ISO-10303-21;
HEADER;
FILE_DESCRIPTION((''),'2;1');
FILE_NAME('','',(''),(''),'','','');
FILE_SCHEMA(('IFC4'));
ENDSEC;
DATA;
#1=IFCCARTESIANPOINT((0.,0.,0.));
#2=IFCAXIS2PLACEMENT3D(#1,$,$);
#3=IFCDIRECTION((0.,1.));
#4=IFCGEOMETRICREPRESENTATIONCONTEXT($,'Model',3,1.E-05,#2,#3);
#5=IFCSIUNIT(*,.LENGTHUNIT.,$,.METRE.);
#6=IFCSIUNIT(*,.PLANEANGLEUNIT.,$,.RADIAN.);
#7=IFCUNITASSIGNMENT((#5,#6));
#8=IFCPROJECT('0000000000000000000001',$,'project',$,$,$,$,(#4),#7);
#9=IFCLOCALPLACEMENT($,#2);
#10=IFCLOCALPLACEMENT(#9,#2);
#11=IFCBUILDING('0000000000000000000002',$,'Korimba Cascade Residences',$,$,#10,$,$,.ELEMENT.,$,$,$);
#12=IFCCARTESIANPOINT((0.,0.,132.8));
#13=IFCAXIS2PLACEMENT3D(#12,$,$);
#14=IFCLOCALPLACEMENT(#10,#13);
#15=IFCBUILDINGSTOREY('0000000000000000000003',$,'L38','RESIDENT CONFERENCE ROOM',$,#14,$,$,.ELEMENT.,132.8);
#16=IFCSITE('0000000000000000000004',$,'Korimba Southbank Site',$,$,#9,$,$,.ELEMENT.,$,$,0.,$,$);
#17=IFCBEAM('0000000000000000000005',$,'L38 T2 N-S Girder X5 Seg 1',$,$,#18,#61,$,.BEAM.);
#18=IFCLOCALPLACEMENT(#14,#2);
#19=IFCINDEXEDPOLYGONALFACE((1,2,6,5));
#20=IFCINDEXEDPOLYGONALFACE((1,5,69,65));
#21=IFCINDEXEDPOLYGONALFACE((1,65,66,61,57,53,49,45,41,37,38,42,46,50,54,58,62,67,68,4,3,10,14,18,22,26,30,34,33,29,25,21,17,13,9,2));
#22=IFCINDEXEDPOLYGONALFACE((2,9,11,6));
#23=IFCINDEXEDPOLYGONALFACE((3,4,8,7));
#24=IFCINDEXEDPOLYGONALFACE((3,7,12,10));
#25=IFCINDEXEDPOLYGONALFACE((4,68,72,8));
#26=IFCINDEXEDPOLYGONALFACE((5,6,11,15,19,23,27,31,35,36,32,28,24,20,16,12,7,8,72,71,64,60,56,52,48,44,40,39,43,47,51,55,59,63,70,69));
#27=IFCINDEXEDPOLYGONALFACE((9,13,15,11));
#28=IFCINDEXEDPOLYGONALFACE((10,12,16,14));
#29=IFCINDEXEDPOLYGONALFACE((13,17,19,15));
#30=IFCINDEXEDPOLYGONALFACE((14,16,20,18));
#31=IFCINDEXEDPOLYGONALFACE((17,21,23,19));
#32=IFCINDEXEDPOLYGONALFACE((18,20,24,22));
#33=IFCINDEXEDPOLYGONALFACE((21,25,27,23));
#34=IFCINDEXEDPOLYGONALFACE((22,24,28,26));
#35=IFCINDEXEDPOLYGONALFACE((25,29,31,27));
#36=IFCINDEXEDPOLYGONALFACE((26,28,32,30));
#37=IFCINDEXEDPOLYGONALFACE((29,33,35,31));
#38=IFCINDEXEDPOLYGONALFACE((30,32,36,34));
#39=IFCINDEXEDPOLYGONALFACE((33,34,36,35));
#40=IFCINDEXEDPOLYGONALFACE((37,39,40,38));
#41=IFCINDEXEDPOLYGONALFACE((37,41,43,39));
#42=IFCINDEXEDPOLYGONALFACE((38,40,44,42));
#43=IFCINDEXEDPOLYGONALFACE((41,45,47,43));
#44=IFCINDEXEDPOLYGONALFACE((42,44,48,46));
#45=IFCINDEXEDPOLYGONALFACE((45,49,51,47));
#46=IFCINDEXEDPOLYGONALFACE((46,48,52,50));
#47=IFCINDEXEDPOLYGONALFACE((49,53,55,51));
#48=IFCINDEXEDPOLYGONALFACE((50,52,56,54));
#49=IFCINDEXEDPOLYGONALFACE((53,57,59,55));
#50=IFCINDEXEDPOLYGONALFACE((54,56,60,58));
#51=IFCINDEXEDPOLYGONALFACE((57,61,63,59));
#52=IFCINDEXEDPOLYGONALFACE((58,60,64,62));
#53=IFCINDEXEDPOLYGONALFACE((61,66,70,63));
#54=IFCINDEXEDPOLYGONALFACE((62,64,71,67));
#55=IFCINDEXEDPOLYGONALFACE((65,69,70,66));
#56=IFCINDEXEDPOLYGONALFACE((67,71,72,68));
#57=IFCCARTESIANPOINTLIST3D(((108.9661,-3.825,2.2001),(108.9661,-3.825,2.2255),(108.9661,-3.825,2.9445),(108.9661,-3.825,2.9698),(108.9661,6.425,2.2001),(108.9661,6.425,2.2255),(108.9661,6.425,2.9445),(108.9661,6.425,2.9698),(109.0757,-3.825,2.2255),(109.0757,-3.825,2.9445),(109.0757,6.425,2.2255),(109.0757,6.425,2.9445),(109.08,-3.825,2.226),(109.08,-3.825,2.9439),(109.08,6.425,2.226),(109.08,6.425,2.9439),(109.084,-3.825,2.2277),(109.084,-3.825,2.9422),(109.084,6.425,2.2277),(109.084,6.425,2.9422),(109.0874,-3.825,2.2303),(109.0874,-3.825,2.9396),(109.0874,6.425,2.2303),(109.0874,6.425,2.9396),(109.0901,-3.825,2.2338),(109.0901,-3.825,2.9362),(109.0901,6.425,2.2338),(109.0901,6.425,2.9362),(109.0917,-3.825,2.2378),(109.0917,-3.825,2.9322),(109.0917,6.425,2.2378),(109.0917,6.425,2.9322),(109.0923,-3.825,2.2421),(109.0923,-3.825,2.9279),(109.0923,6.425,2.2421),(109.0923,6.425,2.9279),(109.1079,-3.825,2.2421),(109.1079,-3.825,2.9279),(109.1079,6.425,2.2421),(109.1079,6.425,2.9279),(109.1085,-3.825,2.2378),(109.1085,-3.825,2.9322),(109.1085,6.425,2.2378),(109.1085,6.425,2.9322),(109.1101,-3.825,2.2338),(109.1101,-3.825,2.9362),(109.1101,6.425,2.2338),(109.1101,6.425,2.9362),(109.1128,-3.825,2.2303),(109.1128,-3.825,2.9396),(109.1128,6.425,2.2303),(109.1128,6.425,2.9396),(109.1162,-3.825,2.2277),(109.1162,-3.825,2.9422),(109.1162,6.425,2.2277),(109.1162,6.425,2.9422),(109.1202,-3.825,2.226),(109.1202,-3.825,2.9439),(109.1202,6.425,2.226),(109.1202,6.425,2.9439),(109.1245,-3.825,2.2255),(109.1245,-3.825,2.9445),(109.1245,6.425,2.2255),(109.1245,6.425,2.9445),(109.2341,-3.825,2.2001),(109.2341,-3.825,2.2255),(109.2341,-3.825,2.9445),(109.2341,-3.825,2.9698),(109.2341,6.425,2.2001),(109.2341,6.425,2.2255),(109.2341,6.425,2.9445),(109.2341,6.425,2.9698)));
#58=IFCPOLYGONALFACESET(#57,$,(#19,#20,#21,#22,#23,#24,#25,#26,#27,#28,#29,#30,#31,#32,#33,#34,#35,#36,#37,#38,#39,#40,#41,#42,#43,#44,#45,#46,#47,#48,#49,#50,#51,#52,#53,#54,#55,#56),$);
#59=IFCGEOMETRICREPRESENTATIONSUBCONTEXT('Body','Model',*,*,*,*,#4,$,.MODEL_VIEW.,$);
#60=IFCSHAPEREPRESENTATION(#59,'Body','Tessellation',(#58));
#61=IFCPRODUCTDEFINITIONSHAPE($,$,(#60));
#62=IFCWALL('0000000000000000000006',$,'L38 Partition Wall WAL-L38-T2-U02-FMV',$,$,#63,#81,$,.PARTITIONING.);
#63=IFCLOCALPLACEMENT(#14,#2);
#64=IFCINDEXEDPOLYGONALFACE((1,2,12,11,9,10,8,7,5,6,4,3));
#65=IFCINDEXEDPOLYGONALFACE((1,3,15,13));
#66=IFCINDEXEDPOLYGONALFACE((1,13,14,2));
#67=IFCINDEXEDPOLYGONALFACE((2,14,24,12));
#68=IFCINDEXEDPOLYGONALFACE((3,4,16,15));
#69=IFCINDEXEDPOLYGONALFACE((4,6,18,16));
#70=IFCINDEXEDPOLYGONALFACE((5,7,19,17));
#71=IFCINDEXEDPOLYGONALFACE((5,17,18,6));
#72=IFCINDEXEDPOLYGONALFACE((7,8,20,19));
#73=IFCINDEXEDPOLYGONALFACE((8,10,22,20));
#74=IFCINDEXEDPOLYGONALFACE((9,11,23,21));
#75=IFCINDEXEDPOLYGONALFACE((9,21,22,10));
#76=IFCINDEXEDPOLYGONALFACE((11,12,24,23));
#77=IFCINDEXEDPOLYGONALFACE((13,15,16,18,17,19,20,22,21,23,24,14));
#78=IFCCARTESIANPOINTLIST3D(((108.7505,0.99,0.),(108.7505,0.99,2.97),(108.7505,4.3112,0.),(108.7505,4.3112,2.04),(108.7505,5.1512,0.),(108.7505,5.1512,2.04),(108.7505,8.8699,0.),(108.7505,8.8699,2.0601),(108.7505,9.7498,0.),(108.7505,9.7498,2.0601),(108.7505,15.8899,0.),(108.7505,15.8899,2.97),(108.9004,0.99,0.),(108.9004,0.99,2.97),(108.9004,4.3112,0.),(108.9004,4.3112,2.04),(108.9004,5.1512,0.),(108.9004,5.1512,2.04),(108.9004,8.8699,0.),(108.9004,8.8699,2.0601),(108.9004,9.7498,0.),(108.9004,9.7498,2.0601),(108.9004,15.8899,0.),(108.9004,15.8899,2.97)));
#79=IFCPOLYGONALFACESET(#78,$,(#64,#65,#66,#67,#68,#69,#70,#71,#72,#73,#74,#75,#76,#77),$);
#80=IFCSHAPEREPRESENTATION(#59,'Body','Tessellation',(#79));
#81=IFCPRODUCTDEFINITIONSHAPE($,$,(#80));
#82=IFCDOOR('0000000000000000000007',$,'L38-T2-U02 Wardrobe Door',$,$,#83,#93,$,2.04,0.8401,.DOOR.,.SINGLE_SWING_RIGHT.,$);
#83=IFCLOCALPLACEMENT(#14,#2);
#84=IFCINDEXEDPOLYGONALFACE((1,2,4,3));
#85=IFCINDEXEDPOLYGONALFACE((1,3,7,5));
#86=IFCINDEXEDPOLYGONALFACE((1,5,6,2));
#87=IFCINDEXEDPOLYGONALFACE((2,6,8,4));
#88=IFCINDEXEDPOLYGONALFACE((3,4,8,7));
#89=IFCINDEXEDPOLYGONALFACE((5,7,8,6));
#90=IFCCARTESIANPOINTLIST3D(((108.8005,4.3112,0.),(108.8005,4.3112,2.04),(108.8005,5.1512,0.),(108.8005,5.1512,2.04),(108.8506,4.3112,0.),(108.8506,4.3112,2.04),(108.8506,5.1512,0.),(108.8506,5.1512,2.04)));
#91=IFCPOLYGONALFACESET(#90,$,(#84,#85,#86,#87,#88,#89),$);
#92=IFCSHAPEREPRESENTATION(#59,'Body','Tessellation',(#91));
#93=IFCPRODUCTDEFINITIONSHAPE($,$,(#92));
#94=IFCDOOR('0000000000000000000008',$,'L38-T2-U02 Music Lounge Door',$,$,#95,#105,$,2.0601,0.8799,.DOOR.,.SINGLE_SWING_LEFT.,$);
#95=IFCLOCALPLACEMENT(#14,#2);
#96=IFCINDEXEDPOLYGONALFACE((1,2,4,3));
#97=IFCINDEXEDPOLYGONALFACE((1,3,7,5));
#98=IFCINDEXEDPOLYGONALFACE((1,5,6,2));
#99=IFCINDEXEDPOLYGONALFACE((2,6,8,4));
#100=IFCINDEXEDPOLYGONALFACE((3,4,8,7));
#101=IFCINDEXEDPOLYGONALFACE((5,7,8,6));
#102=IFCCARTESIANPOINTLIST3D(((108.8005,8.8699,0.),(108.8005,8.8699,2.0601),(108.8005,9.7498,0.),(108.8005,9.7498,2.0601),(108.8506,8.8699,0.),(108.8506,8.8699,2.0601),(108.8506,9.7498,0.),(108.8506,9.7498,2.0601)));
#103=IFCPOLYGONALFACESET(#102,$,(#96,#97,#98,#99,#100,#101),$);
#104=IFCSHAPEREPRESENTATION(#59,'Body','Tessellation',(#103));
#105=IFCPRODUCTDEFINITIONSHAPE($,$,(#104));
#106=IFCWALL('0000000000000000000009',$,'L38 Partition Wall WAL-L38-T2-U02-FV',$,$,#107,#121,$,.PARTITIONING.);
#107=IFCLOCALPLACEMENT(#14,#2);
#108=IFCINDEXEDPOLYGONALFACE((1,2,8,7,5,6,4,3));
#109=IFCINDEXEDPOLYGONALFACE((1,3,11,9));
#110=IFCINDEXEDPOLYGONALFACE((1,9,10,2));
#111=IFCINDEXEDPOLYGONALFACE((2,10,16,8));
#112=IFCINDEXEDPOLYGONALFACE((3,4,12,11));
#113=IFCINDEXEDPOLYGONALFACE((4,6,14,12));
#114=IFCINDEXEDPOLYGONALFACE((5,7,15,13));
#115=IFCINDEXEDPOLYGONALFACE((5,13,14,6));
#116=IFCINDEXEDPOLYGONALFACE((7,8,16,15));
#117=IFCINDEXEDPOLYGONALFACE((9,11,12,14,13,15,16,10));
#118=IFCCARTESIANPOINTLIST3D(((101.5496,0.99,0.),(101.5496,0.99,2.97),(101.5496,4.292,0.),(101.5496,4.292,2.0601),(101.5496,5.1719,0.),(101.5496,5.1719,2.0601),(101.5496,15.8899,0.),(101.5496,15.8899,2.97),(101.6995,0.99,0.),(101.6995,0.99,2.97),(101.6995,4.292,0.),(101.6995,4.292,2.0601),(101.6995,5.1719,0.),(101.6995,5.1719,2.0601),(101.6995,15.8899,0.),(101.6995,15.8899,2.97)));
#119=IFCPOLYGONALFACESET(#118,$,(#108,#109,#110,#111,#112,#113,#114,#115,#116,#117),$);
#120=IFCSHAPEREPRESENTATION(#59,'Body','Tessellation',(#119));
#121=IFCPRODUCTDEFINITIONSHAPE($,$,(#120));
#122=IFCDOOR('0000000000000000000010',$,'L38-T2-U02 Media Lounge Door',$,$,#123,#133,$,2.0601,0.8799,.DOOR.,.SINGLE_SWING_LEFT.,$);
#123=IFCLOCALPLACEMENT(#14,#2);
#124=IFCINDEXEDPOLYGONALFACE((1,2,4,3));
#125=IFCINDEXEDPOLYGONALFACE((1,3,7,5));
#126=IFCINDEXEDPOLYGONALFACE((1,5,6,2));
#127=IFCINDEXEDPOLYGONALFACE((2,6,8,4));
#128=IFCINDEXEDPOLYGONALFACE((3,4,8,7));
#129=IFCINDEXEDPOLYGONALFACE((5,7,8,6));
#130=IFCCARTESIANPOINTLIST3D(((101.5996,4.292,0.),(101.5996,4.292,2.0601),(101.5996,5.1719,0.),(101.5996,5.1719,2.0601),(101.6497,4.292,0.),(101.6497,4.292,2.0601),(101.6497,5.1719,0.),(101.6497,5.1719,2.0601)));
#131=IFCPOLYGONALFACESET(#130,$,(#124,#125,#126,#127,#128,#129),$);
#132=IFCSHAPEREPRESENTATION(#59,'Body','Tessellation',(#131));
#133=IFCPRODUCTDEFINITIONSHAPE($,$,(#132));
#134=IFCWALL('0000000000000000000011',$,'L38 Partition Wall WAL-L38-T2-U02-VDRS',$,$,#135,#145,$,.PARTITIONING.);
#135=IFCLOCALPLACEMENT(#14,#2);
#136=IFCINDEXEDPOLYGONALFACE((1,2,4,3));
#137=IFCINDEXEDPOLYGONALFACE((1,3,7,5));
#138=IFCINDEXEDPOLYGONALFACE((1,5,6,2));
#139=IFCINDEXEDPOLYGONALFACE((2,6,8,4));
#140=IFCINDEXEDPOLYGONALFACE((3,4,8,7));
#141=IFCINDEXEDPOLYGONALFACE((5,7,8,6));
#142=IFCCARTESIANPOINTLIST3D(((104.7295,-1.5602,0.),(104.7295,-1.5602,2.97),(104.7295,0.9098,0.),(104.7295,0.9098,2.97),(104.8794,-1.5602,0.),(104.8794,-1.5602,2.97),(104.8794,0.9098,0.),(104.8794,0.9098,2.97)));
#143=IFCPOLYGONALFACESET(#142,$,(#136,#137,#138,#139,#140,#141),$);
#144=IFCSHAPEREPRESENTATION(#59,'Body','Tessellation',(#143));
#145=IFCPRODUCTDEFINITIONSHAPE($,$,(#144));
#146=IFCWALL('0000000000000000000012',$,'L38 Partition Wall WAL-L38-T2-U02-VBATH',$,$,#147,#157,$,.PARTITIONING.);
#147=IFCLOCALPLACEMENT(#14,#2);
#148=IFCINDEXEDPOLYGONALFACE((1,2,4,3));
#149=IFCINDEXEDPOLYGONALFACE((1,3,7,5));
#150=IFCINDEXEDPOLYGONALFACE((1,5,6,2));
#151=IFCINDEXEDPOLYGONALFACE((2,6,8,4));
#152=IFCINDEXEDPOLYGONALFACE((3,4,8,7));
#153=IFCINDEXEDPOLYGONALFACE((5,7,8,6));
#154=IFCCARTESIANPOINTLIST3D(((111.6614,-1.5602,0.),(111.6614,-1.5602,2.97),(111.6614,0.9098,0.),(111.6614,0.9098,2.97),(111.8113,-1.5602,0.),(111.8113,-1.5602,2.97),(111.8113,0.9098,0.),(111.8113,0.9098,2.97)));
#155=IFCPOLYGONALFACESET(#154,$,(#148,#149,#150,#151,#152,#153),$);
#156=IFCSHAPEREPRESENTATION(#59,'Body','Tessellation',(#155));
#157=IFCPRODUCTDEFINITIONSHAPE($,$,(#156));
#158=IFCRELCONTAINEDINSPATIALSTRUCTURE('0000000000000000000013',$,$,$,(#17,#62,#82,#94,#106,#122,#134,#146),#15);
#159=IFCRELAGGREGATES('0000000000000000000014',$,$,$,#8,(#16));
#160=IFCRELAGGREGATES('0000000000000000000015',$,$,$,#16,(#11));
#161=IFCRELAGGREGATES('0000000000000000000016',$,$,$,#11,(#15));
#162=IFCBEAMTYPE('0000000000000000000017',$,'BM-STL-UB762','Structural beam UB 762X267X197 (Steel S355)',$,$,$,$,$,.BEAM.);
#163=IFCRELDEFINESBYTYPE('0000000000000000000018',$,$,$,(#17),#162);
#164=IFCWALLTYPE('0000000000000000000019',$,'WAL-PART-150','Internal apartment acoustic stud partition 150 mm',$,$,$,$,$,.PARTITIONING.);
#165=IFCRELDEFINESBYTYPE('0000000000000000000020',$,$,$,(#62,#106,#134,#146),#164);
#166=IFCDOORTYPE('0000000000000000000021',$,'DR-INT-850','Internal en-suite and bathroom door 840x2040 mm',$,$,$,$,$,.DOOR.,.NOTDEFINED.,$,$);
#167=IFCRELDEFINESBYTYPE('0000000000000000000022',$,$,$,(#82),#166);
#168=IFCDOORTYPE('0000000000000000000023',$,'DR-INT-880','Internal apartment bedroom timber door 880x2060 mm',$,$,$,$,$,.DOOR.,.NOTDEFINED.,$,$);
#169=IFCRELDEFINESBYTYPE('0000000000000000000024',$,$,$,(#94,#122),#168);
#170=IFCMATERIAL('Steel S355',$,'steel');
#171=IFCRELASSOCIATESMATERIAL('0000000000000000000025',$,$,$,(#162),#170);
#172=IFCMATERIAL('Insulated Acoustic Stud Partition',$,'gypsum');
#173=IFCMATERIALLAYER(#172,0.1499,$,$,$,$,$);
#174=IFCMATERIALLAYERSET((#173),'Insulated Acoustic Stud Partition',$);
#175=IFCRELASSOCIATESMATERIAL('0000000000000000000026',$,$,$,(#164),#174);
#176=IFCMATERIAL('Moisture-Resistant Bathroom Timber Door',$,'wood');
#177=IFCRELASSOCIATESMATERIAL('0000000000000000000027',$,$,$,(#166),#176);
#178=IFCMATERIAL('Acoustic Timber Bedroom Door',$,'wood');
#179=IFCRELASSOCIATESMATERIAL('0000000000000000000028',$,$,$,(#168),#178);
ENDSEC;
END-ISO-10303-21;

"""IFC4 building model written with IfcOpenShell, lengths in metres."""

from ifc_helpers import new_model, si_unit, direction, frame, frame_2d, origin, origin_2d, place, context, subcontext, project, spatial, rectangle, i_section, extrude, material, layer, layer_set, material_profile, profile_set, type_object, element, fill, save


model = new_model("IFC4")

# Units and contexts
model_context = context("Model", 3, precision=1e-05, world=origin(), true_north=direction((0.0, 1.0)))
body_context = subcontext(model_context, "Body", "Model", "MODEL_VIEW")
ifc_project = project(units=[si_unit("LENGTHUNIT", "METRE"), si_unit("PLANEANGLEUNIT", "RADIAN")], contexts=[model_context])

# Site, building, storey
site_placement = place(None, origin())
site = spatial("IfcSite", under=ifc_project, at=site_placement, Name="Korimba Southbank Site", CompositionType="ELEMENT", RefElevation=0.0)
building_placement = place(site_placement, origin())
building = spatial("IfcBuilding", under=site, at=building_placement, Name="Korimba Cascade Residences", CompositionType="ELEMENT")
storey_placement = place(building_placement, frame((0.0, 0.0, 132.8)))
storey = spatial("IfcBuildingStorey", under=building, at=storey_placement, Name="L38", Description="RESIDENT CONFERENCE ROOM", CompositionType="ELEMENT", Elevation=132.8)

# Beam
ifc_material_1 = material(Name="Steel S355", Category="steel")
ifc_material_profile_1 = material_profile(ifc_material_1, i_section(OverallWidth=0.2681, OverallDepth=0.7698, WebThickness=0.0156, FlangeThickness=0.0254, FilletRadius=0.0166, at=origin_2d()), Name="Steel S355")
ifc_profile_set_1 = profile_set([ifc_material_profile_1], Name="Steel S355")
beam_type_1 = type_object("IfcBeamType", Name="BM-STL-UB762", Description="Structural beam UB 762X267X197 (Steel S355)", PredefinedType="BEAM", material=ifc_profile_set_1)
for number, where, z_axis, x_axis, name in (
    (1, (109.1001, -3.825, 2.585), (0.0, 1.0, 0.0), (-1.0, 0.0, 0.0), "L38 T2 N-S Girder X5 Seg 1"),
):
    element("IfcBeam", number, at=place(storey_placement, frame(where, z_axis=z_axis, x_axis=x_axis)), inside=storey, type_object=beam_type_1, Name=name, PredefinedType="BEAM", context=body_context, shape_type="SweptSolid", body=[
        extrude(i_section(OverallWidth=0.2681, OverallDepth=0.7698, WebThickness=0.0156, FlangeThickness=0.0254, FilletRadius=0.0166, at=origin_2d()), origin(), (0.0, 0.0, 1.0), 10.25),
    ])

# Wall, openings, doors
ifc_material_2 = material(Name="Insulated Acoustic Stud Partition", Category="gypsum")
ifc_layer = layer(ifc_material_2, 0.1499)
ifc_layer_set = layer_set([ifc_layer], Name="Insulated Acoustic Stud Partition")
wall_type = type_object("IfcWallType", Name="WAL-PART-150", Description="Internal apartment acoustic stud partition 150 mm", PredefinedType="PARTITIONING", material=ifc_layer_set)
wall_1_placement = place(storey_placement, frame((108.8254, 0.99, 0.0), z_axis=(0.0, 0.0, 1.0), x_axis=(0.0, 1.0, 0.0)))
wall_1 = element("IfcWall", 2, at=wall_1_placement, inside=storey, type_object=wall_type, Name="L38 Partition Wall WAL-L38-T2-U02-FMV", PredefinedType="PARTITIONING", context=body_context, shape_type="SweptSolid", body=[
    extrude(rectangle(XDim=14.8999, YDim=0.1499, at=frame_2d((7.45, 0.0))), origin(), (0.0, 0.0, 1.0), 2.97),
])
opening_1_placement = place(wall_1_placement, frame((3.3213, 0.0, 0.0)))
opening_1 = element("IfcOpeningElement", 3, at=opening_1_placement, cuts=wall_1, PredefinedType="OPENING", context=body_context, shape_type="SweptSolid", body=[
    extrude(rectangle(XDim=0.8401, YDim=2.04, at=frame_2d((0.4199, 1.02))), frame((0.0, 0.085, 0.0), z_axis=(0.0, -1.0, 0.0), x_axis=(1.0, 0.0, 0.0)), (0.0, 0.0, 1.0), 0.1699),
])
opening_2_placement = place(wall_1_placement, frame((7.8799, 0.0, 0.0)))
opening_2 = element("IfcOpeningElement", 4, at=opening_2_placement, cuts=wall_1, PredefinedType="OPENING", context=body_context, shape_type="SweptSolid", body=[
    extrude(rectangle(XDim=0.8799, YDim=2.0601, at=frame_2d((0.4399, 1.03))), frame((0.0, 0.085, 0.0), z_axis=(0.0, -1.0, 0.0), x_axis=(1.0, 0.0, 0.0)), (0.0, 0.0, 1.0), 0.1699),
])
ifc_material_3 = material(Name="Moisture-Resistant Bathroom Timber Door", Category="wood")
door_type_1 = type_object("IfcDoorType", Name="DR-INT-850", Description="Internal en-suite and bathroom door 840x2040 mm", OperationType="NOTDEFINED", PredefinedType="DOOR", material=ifc_material_3)
door_1_placement = place(opening_1_placement, origin())
door_1 = element("IfcDoor", 5, at=door_1_placement, inside=storey, type_object=door_type_1, Name="L38-T2-U02 Wardrobe Door", OperationType="SINGLE_SWING_RIGHT", OverallHeight=2.04, OverallWidth=0.8401, PredefinedType="DOOR", context=body_context, shape_type="SweptSolid", body=[
    extrude(rectangle(XDim=0.8401, YDim=2.04, at=frame_2d((0.4199, 1.02))), frame((0.0, 0.0249, 0.0), z_axis=(0.0, -1.0, 0.0), x_axis=(1.0, 0.0, 0.0)), (0.0, 0.0, 1.0), 0.05),
])
fill(opening_1, door_1)
ifc_material_4 = material(Name="Acoustic Timber Bedroom Door", Category="wood")
door_type_2 = type_object("IfcDoorType", Name="DR-INT-880", Description="Internal apartment bedroom timber door 880x2060 mm", OperationType="NOTDEFINED", PredefinedType="DOOR", material=ifc_material_4)
door_2_placement = place(opening_2_placement, origin())
door_2 = element("IfcDoor", 6, at=door_2_placement, inside=storey, type_object=door_type_2, Name="L38-T2-U02 Music Lounge Door", OperationType="SINGLE_SWING_LEFT", OverallHeight=2.0601, OverallWidth=0.8799, PredefinedType="DOOR", context=body_context, shape_type="SweptSolid", body=[
    extrude(rectangle(XDim=0.8799, YDim=2.0601, at=frame_2d((0.4399, 1.03))), frame((0.0, 0.0249, 0.0), z_axis=(0.0, -1.0, 0.0), x_axis=(1.0, 0.0, 0.0)), (0.0, 0.0, 1.0), 0.05),
])
fill(opening_2, door_2)

# Wall, opening, door
wall_2_placement = place(storey_placement, frame((101.6245, 0.99, 0.0), z_axis=(0.0, 0.0, 1.0), x_axis=(0.0, 1.0, 0.0)))
wall_2 = element("IfcWall", 7, at=wall_2_placement, inside=storey, type_object=wall_type, Name="L38 Partition Wall WAL-L38-T2-U02-FV", PredefinedType="PARTITIONING", context=body_context, shape_type="SweptSolid", body=[
    extrude(rectangle(XDim=14.8999, YDim=0.1499, at=frame_2d((7.45, 0.0))), origin(), (0.0, 0.0, 1.0), 2.97),
])
opening_3_placement = place(wall_2_placement, frame((3.302, 0.0, 0.0)))
opening_3 = element("IfcOpeningElement", 8, at=opening_3_placement, cuts=wall_2, PredefinedType="OPENING", context=body_context, shape_type="SweptSolid", body=[
    extrude(rectangle(XDim=0.8799, YDim=2.0601, at=frame_2d((0.4399, 1.03))), frame((0.0, 0.085, 0.0), z_axis=(0.0, -1.0, 0.0), x_axis=(1.0, 0.0, 0.0)), (0.0, 0.0, 1.0), 0.1699),
])
door_3_placement = place(opening_3_placement, origin())
door_3 = element("IfcDoor", 9, at=door_3_placement, inside=storey, type_object=door_type_2, Name="L38-T2-U02 Media Lounge Door", OperationType="SINGLE_SWING_LEFT", OverallHeight=2.0601, OverallWidth=0.8799, PredefinedType="DOOR", context=body_context, shape_type="SweptSolid", body=[
    extrude(rectangle(XDim=0.8799, YDim=2.0601, at=frame_2d((0.4399, 1.03))), frame((0.0, 0.0249, 0.0), z_axis=(0.0, -1.0, 0.0), x_axis=(1.0, 0.0, 0.0)), (0.0, 0.0, 1.0), 0.05),
])
fill(opening_3, door_3)

# Walls
for number, where, z_axis, x_axis, name in (
    (10, (104.8044, -1.5601, 0.0), (0.0, 0.0, 1.0), (0.0, 1.0, 0.0), "L38 Partition Wall WAL-L38-T2-U02-VDRS"),
    (11, (111.7363, -1.5601, 0.0), (0.0, 0.0, 1.0), (0.0, 1.0, 0.0), "L38 Partition Wall WAL-L38-T2-U02-VBATH"),
):
    element("IfcWall", number, at=place(storey_placement, frame(where, z_axis=z_axis, x_axis=x_axis)), inside=storey, type_object=wall_type, Name=name, PredefinedType="PARTITIONING", context=body_context, shape_type="SweptSolid", body=[
        extrude(rectangle(XDim=2.47, YDim=0.1499, at=frame_2d((1.2349, 0.0))), origin(), (0.0, 0.0, 1.0), 2.97),
    ])

save(model, "model.ifc")
